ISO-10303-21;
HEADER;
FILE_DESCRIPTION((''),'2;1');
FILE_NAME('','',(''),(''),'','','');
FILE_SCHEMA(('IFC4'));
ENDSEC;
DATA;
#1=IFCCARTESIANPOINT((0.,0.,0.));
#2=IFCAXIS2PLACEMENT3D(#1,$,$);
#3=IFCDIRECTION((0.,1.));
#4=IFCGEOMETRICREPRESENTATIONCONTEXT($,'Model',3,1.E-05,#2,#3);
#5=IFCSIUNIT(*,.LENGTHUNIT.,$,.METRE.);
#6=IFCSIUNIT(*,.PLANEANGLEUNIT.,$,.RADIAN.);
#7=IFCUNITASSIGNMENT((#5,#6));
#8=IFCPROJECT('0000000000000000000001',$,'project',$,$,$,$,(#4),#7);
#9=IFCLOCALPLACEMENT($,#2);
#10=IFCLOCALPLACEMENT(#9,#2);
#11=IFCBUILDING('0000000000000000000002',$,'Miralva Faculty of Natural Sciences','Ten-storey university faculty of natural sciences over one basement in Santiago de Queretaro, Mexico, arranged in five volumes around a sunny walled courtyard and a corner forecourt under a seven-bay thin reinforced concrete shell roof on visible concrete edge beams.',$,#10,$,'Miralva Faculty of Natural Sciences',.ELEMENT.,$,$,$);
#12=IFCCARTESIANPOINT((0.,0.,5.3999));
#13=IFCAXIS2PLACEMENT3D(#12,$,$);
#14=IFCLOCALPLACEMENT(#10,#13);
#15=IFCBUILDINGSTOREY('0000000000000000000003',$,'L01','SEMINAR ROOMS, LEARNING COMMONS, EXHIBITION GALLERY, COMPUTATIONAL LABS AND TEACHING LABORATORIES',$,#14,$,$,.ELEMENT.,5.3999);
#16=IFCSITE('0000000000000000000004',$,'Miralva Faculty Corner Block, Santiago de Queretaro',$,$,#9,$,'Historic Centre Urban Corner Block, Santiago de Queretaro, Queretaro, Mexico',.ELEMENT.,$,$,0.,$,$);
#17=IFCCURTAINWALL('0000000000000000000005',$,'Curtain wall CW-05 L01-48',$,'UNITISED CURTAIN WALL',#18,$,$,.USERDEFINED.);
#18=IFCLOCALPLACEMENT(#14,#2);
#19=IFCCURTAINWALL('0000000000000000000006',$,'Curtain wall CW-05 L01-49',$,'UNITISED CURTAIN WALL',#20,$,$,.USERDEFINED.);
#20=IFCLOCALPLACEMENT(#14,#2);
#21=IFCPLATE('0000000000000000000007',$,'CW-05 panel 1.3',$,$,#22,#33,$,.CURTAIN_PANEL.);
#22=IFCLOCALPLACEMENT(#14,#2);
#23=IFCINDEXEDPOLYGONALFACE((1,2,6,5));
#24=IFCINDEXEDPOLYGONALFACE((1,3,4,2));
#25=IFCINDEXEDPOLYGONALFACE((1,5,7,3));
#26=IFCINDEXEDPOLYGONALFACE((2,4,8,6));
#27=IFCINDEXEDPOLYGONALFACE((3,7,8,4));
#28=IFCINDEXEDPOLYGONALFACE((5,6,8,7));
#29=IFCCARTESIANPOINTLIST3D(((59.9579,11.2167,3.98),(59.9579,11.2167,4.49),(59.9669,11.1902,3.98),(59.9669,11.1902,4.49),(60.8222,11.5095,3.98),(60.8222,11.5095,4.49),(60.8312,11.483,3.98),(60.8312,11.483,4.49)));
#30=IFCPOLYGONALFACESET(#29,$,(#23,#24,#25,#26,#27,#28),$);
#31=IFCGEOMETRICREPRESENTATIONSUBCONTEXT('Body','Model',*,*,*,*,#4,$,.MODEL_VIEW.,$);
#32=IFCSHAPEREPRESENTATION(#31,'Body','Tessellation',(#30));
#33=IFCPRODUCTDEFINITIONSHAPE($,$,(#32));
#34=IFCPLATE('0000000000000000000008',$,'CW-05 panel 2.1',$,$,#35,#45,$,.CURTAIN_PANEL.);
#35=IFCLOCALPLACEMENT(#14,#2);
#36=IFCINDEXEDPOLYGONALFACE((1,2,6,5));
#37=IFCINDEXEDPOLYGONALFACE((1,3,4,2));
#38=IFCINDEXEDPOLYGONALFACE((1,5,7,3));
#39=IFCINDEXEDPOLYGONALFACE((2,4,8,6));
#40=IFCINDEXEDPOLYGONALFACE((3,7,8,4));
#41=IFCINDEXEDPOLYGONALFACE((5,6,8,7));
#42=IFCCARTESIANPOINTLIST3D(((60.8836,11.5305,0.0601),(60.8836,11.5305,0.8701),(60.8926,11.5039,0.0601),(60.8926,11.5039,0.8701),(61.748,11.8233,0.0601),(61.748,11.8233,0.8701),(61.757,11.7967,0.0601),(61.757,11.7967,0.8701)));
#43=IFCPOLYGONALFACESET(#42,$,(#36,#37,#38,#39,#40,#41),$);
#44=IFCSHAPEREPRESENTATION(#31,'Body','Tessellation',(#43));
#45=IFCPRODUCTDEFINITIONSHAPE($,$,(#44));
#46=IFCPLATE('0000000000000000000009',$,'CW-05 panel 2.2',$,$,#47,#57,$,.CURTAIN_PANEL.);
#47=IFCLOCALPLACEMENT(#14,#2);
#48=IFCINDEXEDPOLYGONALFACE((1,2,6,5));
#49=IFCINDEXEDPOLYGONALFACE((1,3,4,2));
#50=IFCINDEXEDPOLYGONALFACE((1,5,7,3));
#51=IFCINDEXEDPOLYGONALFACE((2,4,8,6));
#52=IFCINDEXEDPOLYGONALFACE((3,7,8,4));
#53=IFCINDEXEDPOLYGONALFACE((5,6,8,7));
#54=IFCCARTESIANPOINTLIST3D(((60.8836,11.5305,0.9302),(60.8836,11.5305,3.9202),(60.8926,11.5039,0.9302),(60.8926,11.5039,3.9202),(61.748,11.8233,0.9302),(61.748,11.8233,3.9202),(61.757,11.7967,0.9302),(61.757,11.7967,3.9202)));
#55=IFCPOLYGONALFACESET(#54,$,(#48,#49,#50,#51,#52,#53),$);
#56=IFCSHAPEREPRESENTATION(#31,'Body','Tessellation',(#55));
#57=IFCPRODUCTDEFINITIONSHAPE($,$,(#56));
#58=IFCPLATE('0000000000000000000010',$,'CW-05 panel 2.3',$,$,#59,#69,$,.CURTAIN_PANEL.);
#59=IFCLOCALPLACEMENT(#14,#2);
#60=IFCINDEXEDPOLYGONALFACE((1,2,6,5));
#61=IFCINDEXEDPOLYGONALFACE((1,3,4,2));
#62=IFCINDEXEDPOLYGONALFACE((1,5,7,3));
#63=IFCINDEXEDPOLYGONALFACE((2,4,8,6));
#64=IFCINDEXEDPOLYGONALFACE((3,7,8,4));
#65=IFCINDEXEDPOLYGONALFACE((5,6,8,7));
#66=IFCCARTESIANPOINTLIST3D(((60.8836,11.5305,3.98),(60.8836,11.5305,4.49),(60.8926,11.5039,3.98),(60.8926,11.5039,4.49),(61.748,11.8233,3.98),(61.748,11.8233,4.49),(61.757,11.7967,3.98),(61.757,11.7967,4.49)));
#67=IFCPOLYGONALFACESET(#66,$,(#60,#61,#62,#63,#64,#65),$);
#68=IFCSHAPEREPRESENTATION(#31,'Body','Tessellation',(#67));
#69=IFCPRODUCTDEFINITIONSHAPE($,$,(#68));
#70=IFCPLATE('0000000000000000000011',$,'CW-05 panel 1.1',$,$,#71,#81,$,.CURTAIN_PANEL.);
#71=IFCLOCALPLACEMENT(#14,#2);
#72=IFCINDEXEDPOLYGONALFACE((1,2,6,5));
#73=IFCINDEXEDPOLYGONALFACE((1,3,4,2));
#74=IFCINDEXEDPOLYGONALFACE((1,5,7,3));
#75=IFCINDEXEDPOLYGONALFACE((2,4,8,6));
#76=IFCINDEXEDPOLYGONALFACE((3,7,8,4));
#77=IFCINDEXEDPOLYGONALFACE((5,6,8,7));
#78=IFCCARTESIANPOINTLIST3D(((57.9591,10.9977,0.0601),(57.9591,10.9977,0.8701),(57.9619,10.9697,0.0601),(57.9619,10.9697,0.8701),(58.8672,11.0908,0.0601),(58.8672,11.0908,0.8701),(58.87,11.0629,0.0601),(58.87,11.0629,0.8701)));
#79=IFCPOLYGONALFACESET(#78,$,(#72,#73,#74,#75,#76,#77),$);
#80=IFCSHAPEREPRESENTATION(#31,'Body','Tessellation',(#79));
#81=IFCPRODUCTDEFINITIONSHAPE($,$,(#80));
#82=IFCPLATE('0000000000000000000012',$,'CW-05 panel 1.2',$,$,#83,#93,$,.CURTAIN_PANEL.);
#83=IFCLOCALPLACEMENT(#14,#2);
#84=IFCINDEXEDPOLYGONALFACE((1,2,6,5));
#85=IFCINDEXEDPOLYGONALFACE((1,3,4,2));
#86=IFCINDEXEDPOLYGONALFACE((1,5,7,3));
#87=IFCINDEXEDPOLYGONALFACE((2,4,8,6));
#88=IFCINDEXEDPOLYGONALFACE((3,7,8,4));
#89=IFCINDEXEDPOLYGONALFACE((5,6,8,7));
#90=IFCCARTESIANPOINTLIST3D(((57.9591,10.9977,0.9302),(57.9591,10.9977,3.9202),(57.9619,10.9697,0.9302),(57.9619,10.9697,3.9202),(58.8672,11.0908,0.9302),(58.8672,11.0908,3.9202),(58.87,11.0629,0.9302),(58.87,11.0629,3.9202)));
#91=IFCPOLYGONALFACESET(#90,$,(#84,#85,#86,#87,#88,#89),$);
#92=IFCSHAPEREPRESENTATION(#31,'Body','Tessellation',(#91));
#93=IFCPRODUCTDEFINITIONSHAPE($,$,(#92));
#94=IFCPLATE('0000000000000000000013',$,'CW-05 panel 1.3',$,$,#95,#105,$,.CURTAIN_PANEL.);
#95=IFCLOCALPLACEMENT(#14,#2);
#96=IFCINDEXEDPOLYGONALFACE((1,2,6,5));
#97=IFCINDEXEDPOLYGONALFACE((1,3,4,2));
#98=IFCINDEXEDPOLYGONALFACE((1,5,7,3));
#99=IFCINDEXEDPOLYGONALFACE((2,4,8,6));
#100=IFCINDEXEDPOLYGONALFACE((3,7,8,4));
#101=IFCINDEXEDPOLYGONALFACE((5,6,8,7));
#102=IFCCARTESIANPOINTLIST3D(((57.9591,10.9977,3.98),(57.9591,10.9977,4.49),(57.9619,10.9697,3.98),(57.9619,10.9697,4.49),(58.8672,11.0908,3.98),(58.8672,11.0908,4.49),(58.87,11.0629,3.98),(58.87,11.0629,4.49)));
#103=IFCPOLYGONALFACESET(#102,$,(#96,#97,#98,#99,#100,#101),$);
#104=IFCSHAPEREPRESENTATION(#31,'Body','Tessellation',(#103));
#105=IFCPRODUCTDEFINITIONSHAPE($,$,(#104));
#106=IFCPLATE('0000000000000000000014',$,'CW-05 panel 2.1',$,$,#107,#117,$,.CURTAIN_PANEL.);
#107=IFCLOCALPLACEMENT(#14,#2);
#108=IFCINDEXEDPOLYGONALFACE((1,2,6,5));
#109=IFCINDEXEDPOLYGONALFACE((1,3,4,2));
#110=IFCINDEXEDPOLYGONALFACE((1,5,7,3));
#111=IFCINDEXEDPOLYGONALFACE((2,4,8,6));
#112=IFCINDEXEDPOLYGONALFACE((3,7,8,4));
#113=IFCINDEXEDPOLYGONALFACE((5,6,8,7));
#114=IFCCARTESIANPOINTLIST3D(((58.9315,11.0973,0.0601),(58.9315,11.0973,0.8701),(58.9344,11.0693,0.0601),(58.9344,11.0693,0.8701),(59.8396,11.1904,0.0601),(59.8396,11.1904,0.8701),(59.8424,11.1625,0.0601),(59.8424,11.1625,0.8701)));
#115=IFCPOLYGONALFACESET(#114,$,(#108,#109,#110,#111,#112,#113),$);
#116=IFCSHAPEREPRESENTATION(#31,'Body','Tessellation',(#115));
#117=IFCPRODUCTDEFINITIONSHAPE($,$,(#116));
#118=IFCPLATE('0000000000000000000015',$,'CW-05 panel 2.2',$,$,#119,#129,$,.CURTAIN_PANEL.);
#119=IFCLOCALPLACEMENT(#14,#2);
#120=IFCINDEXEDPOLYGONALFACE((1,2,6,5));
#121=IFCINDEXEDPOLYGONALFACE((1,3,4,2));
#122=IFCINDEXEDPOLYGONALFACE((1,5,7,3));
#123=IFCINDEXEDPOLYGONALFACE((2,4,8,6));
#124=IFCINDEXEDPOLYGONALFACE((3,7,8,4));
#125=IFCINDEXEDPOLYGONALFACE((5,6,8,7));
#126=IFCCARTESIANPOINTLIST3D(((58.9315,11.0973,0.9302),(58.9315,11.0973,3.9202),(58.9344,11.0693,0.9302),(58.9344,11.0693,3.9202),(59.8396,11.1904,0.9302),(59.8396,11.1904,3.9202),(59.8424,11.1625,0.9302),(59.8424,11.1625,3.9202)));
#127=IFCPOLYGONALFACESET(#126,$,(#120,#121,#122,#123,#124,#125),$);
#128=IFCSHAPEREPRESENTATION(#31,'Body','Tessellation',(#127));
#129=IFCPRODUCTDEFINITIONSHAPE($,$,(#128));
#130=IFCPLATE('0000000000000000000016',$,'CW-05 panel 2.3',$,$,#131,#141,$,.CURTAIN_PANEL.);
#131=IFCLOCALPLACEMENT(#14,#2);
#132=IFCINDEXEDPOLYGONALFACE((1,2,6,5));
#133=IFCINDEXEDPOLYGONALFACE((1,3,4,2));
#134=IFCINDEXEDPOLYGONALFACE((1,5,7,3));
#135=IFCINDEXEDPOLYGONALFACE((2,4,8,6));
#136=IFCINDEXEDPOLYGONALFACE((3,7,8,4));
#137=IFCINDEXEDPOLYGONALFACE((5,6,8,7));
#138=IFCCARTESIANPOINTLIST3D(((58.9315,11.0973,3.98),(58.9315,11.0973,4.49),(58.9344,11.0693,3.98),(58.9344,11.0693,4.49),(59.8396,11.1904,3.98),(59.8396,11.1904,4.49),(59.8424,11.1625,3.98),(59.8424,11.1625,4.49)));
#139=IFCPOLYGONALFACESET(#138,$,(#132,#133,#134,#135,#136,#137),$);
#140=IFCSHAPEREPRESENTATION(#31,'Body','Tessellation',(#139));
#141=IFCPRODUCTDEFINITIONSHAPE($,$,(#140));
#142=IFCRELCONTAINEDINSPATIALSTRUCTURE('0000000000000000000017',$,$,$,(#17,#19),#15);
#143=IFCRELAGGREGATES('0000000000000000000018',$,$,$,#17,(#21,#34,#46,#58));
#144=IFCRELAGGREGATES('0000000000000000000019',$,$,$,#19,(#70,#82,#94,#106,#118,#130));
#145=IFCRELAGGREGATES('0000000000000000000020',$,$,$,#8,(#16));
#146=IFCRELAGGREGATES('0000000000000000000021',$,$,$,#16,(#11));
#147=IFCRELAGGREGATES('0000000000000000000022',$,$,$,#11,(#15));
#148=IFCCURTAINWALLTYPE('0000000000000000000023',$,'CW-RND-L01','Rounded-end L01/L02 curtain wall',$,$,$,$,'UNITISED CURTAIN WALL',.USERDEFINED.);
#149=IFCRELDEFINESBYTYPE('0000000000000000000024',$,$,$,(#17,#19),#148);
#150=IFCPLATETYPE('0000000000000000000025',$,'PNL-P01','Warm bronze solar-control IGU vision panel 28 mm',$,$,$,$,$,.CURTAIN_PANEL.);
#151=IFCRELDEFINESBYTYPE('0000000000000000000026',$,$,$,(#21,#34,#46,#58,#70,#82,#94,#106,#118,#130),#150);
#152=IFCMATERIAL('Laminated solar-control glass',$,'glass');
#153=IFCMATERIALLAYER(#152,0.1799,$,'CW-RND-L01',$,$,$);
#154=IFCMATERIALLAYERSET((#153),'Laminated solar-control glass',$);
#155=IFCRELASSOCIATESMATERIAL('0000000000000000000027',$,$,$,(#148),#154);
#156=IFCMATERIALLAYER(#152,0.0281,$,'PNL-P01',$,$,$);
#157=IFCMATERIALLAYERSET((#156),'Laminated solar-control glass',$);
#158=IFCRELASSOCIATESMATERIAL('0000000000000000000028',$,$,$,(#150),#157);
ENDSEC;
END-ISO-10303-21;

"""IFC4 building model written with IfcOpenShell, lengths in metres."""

from ifc_helpers import new_model, si_unit, direction, frame, origin, origin_2d, place, context, subcontext, project, spatial, rectangle, extrude, material, layer, layer_set, type_object, element, aggregate, save


model = new_model("IFC4")

# Units and contexts
model_context = context("Model", 3, precision=1e-05, world=origin(), true_north=direction((0.0, 1.0)))
body_context = subcontext(model_context, "Body", "Model", "MODEL_VIEW")
ifc_project = project(units=[si_unit("LENGTHUNIT", "METRE"), si_unit("PLANEANGLEUNIT", "RADIAN")], contexts=[model_context])

# Site, building, storey
site_placement = place(None, origin())
site = spatial("IfcSite", under=ifc_project, at=site_placement, Name="Miralva Faculty Corner Block, Santiago de Queretaro", LongName="Historic Centre Urban Corner Block, Santiago de Queretaro, Queretaro, Mexico", CompositionType="ELEMENT", RefElevation=0.0)
building_placement = place(site_placement, origin())
building = spatial("IfcBuilding", under=site, at=building_placement, Name="Miralva Faculty of Natural Sciences", Description="Ten-storey university faculty of natural sciences over one basement in Santiago de Queretaro, Mexico, arranged in five volumes around a sunny walled courtyard and a corner forecourt under a seven-bay thin reinforced concrete shell roof on visible concrete edge beams.", LongName="Miralva Faculty of Natural Sciences", CompositionType="ELEMENT")
storey_placement = place(building_placement, frame((0.0, 0.0, 5.3999)))
storey = spatial("IfcBuildingStorey", under=building, at=storey_placement, Name="L01", Description="SEMINAR ROOMS, LEARNING COMMONS, EXHIBITION GALLERY, COMPUTATIONAL LABS AND TEACHING LABORATORIES", CompositionType="ELEMENT", Elevation=5.3999)

# Shared definitions
ifc_material_1 = material(Name="Laminated solar-control glass", Category="glass")
ifc_layer_1 = layer(ifc_material_1, 0.1799, Name="CW-RND-L01")
ifc_layer_set_1 = layer_set([ifc_layer_1], Name="Laminated solar-control glass")
curtain_wall_type = type_object("IfcCurtainWallType", Name="CW-RND-L01", Description="Rounded-end L01/L02 curtain wall", ElementType="UNITISED CURTAIN WALL", PredefinedType="USERDEFINED", material=ifc_layer_set_1)

# Curtain walls
curtain_wall_1_placement = place(storey_placement, origin())
curtain_wall_1 = element("IfcCurtainWall", 1, at=curtain_wall_1_placement, inside=storey, type_object=curtain_wall_type, Name="Curtain wall CW-05 L01-48", ObjectType="UNITISED CURTAIN WALL", PredefinedType="USERDEFINED")
curtain_wall_2_placement = place(storey_placement, origin())
curtain_wall_2 = element("IfcCurtainWall", 2, at=curtain_wall_2_placement, inside=storey, type_object=curtain_wall_type, Name="Curtain wall CW-05 L01-49", ObjectType="UNITISED CURTAIN WALL", PredefinedType="USERDEFINED")

# Plates
ifc_layer_2 = layer(ifc_material_1, 0.0281, Name="PNL-P01")
ifc_layer_set_2 = layer_set([ifc_layer_2], Name="Laminated solar-control glass")
plate_type = type_object("IfcPlateType", Name="PNL-P01", Description="Warm bronze solar-control IGU vision panel 28 mm", PredefinedType="CURTAIN_PANEL", material=ifc_layer_set_2)
plate_1_placement = place(storey_placement, frame((60.3945, 11.3499, 3.98), z_axis=(0.0, 0.0, 1.0), x_axis=(0.947133, 0.320842, 0.0)))
plate_1 = element("IfcPlate", 3, at=plate_1_placement, type_object=plate_type, Name="CW-05 panel 1.3", PredefinedType="CURTAIN_PANEL", context=body_context, shape_type="SweptSolid", body=[
    extrude(rectangle(XDim=0.9126, YDim=0.0281, at=origin_2d()), origin(), (0.0, 0.0, 1.0), 0.51),
])
plate_2_placement = place(storey_placement, frame((61.3203, 11.6636, 0.0601), z_axis=(0.0, 0.0, 1.0), x_axis=(0.947133, 0.320842, 0.0)))
plate_2 = element("IfcPlate", 4, at=plate_2_placement, type_object=plate_type, Name="CW-05 panel 2.1", PredefinedType="CURTAIN_PANEL", context=body_context, shape_type="SweptSolid", body=[
    extrude(rectangle(XDim=0.9126, YDim=0.0281, at=origin_2d()), origin(), (0.0, 0.0, 1.0), 0.8101),
])
plate_3_placement = place(storey_placement, frame((61.3203, 11.6636, 0.9302), z_axis=(0.0, 0.0, 1.0), x_axis=(0.947133, 0.320842, 0.0)))
plate_3 = element("IfcPlate", 5, at=plate_3_placement, type_object=plate_type, Name="CW-05 panel 2.2", PredefinedType="CURTAIN_PANEL", context=body_context, shape_type="SweptSolid", body=[
    extrude(rectangle(XDim=0.9126, YDim=0.0281, at=origin_2d()), origin(), (0.0, 0.0, 1.0), 2.99),
])
plate_4_placement = place(storey_placement, frame((61.3203, 11.6636, 3.98), z_axis=(0.0, 0.0, 1.0), x_axis=(0.947133, 0.320842, 0.0)))
plate_4 = element("IfcPlate", 6, at=plate_4_placement, type_object=plate_type, Name="CW-05 panel 2.3", PredefinedType="CURTAIN_PANEL", context=body_context, shape_type="SweptSolid", body=[
    extrude(rectangle(XDim=0.9126, YDim=0.0281, at=origin_2d()), origin(), (0.0, 0.0, 1.0), 0.51),
])
aggregate(curtain_wall_1, [plate_1, plate_2, plate_3, plate_4])
plate_5_placement = place(storey_placement, frame((58.4146, 11.0303, 0.0601), z_axis=(0.0, 0.0, 1.0), x_axis=(0.994779, 0.102056, 0.0)))
plate_5 = element("IfcPlate", 7, at=plate_5_placement, type_object=plate_type, Name="CW-05 panel 1.1", PredefinedType="CURTAIN_PANEL", context=body_context, shape_type="SweptSolid", body=[
    extrude(rectangle(XDim=0.9128, YDim=0.0281, at=origin_2d()), origin(), (0.0, 0.0, 1.0), 0.8101),
])
plate_6_placement = place(storey_placement, frame((58.4146, 11.0303, 0.9302), z_axis=(0.0, 0.0, 1.0), x_axis=(0.994779, 0.102056, 0.0)))
plate_6 = element("IfcPlate", 8, at=plate_6_placement, type_object=plate_type, Name="CW-05 panel 1.2", PredefinedType="CURTAIN_PANEL", context=body_context, shape_type="SweptSolid", body=[
    extrude(rectangle(XDim=0.9128, YDim=0.0281, at=origin_2d()), origin(), (0.0, 0.0, 1.0), 2.99),
])
plate_7_placement = place(storey_placement, frame((58.4146, 11.0303, 3.98), z_axis=(0.0, 0.0, 1.0), x_axis=(0.994779, 0.102056, 0.0)))
plate_7 = element("IfcPlate", 9, at=plate_7_placement, type_object=plate_type, Name="CW-05 panel 1.3", PredefinedType="CURTAIN_PANEL", context=body_context, shape_type="SweptSolid", body=[
    extrude(rectangle(XDim=0.9128, YDim=0.0281, at=origin_2d()), origin(), (0.0, 0.0, 1.0), 0.51),
])
plate_8_placement = place(storey_placement, frame((59.387, 11.1299, 0.0601), z_axis=(0.0, 0.0, 1.0), x_axis=(0.994779, 0.102056, 0.0)))
plate_8 = element("IfcPlate", 10, at=plate_8_placement, type_object=plate_type, Name="CW-05 panel 2.1", PredefinedType="CURTAIN_PANEL", context=body_context, shape_type="SweptSolid", body=[
    extrude(rectangle(XDim=0.9128, YDim=0.0281, at=origin_2d()), origin(), (0.0, 0.0, 1.0), 0.8101),
])
plate_9_placement = place(storey_placement, frame((59.387, 11.1299, 0.9302), z_axis=(0.0, 0.0, 1.0), x_axis=(0.994779, 0.102056, 0.0)))
plate_9 = element("IfcPlate", 11, at=plate_9_placement, type_object=plate_type, Name="CW-05 panel 2.2", PredefinedType="CURTAIN_PANEL", context=body_context, shape_type="SweptSolid", body=[
    extrude(rectangle(XDim=0.9128, YDim=0.0281, at=origin_2d()), origin(), (0.0, 0.0, 1.0), 2.99),
])
plate_10_placement = place(storey_placement, frame((59.387, 11.1299, 3.98), z_axis=(0.0, 0.0, 1.0), x_axis=(0.994779, 0.102056, 0.0)))
plate_10 = element("IfcPlate", 12, at=plate_10_placement, type_object=plate_type, Name="CW-05 panel 2.3", PredefinedType="CURTAIN_PANEL", context=body_context, shape_type="SweptSolid", body=[
    extrude(rectangle(XDim=0.9128, YDim=0.0281, at=origin_2d()), origin(), (0.0, 0.0, 1.0), 0.51),
])
aggregate(curtain_wall_2, [plate_5, plate_6, plate_7, plate_8, plate_9, plate_10])

save(model, "model.ifc")
